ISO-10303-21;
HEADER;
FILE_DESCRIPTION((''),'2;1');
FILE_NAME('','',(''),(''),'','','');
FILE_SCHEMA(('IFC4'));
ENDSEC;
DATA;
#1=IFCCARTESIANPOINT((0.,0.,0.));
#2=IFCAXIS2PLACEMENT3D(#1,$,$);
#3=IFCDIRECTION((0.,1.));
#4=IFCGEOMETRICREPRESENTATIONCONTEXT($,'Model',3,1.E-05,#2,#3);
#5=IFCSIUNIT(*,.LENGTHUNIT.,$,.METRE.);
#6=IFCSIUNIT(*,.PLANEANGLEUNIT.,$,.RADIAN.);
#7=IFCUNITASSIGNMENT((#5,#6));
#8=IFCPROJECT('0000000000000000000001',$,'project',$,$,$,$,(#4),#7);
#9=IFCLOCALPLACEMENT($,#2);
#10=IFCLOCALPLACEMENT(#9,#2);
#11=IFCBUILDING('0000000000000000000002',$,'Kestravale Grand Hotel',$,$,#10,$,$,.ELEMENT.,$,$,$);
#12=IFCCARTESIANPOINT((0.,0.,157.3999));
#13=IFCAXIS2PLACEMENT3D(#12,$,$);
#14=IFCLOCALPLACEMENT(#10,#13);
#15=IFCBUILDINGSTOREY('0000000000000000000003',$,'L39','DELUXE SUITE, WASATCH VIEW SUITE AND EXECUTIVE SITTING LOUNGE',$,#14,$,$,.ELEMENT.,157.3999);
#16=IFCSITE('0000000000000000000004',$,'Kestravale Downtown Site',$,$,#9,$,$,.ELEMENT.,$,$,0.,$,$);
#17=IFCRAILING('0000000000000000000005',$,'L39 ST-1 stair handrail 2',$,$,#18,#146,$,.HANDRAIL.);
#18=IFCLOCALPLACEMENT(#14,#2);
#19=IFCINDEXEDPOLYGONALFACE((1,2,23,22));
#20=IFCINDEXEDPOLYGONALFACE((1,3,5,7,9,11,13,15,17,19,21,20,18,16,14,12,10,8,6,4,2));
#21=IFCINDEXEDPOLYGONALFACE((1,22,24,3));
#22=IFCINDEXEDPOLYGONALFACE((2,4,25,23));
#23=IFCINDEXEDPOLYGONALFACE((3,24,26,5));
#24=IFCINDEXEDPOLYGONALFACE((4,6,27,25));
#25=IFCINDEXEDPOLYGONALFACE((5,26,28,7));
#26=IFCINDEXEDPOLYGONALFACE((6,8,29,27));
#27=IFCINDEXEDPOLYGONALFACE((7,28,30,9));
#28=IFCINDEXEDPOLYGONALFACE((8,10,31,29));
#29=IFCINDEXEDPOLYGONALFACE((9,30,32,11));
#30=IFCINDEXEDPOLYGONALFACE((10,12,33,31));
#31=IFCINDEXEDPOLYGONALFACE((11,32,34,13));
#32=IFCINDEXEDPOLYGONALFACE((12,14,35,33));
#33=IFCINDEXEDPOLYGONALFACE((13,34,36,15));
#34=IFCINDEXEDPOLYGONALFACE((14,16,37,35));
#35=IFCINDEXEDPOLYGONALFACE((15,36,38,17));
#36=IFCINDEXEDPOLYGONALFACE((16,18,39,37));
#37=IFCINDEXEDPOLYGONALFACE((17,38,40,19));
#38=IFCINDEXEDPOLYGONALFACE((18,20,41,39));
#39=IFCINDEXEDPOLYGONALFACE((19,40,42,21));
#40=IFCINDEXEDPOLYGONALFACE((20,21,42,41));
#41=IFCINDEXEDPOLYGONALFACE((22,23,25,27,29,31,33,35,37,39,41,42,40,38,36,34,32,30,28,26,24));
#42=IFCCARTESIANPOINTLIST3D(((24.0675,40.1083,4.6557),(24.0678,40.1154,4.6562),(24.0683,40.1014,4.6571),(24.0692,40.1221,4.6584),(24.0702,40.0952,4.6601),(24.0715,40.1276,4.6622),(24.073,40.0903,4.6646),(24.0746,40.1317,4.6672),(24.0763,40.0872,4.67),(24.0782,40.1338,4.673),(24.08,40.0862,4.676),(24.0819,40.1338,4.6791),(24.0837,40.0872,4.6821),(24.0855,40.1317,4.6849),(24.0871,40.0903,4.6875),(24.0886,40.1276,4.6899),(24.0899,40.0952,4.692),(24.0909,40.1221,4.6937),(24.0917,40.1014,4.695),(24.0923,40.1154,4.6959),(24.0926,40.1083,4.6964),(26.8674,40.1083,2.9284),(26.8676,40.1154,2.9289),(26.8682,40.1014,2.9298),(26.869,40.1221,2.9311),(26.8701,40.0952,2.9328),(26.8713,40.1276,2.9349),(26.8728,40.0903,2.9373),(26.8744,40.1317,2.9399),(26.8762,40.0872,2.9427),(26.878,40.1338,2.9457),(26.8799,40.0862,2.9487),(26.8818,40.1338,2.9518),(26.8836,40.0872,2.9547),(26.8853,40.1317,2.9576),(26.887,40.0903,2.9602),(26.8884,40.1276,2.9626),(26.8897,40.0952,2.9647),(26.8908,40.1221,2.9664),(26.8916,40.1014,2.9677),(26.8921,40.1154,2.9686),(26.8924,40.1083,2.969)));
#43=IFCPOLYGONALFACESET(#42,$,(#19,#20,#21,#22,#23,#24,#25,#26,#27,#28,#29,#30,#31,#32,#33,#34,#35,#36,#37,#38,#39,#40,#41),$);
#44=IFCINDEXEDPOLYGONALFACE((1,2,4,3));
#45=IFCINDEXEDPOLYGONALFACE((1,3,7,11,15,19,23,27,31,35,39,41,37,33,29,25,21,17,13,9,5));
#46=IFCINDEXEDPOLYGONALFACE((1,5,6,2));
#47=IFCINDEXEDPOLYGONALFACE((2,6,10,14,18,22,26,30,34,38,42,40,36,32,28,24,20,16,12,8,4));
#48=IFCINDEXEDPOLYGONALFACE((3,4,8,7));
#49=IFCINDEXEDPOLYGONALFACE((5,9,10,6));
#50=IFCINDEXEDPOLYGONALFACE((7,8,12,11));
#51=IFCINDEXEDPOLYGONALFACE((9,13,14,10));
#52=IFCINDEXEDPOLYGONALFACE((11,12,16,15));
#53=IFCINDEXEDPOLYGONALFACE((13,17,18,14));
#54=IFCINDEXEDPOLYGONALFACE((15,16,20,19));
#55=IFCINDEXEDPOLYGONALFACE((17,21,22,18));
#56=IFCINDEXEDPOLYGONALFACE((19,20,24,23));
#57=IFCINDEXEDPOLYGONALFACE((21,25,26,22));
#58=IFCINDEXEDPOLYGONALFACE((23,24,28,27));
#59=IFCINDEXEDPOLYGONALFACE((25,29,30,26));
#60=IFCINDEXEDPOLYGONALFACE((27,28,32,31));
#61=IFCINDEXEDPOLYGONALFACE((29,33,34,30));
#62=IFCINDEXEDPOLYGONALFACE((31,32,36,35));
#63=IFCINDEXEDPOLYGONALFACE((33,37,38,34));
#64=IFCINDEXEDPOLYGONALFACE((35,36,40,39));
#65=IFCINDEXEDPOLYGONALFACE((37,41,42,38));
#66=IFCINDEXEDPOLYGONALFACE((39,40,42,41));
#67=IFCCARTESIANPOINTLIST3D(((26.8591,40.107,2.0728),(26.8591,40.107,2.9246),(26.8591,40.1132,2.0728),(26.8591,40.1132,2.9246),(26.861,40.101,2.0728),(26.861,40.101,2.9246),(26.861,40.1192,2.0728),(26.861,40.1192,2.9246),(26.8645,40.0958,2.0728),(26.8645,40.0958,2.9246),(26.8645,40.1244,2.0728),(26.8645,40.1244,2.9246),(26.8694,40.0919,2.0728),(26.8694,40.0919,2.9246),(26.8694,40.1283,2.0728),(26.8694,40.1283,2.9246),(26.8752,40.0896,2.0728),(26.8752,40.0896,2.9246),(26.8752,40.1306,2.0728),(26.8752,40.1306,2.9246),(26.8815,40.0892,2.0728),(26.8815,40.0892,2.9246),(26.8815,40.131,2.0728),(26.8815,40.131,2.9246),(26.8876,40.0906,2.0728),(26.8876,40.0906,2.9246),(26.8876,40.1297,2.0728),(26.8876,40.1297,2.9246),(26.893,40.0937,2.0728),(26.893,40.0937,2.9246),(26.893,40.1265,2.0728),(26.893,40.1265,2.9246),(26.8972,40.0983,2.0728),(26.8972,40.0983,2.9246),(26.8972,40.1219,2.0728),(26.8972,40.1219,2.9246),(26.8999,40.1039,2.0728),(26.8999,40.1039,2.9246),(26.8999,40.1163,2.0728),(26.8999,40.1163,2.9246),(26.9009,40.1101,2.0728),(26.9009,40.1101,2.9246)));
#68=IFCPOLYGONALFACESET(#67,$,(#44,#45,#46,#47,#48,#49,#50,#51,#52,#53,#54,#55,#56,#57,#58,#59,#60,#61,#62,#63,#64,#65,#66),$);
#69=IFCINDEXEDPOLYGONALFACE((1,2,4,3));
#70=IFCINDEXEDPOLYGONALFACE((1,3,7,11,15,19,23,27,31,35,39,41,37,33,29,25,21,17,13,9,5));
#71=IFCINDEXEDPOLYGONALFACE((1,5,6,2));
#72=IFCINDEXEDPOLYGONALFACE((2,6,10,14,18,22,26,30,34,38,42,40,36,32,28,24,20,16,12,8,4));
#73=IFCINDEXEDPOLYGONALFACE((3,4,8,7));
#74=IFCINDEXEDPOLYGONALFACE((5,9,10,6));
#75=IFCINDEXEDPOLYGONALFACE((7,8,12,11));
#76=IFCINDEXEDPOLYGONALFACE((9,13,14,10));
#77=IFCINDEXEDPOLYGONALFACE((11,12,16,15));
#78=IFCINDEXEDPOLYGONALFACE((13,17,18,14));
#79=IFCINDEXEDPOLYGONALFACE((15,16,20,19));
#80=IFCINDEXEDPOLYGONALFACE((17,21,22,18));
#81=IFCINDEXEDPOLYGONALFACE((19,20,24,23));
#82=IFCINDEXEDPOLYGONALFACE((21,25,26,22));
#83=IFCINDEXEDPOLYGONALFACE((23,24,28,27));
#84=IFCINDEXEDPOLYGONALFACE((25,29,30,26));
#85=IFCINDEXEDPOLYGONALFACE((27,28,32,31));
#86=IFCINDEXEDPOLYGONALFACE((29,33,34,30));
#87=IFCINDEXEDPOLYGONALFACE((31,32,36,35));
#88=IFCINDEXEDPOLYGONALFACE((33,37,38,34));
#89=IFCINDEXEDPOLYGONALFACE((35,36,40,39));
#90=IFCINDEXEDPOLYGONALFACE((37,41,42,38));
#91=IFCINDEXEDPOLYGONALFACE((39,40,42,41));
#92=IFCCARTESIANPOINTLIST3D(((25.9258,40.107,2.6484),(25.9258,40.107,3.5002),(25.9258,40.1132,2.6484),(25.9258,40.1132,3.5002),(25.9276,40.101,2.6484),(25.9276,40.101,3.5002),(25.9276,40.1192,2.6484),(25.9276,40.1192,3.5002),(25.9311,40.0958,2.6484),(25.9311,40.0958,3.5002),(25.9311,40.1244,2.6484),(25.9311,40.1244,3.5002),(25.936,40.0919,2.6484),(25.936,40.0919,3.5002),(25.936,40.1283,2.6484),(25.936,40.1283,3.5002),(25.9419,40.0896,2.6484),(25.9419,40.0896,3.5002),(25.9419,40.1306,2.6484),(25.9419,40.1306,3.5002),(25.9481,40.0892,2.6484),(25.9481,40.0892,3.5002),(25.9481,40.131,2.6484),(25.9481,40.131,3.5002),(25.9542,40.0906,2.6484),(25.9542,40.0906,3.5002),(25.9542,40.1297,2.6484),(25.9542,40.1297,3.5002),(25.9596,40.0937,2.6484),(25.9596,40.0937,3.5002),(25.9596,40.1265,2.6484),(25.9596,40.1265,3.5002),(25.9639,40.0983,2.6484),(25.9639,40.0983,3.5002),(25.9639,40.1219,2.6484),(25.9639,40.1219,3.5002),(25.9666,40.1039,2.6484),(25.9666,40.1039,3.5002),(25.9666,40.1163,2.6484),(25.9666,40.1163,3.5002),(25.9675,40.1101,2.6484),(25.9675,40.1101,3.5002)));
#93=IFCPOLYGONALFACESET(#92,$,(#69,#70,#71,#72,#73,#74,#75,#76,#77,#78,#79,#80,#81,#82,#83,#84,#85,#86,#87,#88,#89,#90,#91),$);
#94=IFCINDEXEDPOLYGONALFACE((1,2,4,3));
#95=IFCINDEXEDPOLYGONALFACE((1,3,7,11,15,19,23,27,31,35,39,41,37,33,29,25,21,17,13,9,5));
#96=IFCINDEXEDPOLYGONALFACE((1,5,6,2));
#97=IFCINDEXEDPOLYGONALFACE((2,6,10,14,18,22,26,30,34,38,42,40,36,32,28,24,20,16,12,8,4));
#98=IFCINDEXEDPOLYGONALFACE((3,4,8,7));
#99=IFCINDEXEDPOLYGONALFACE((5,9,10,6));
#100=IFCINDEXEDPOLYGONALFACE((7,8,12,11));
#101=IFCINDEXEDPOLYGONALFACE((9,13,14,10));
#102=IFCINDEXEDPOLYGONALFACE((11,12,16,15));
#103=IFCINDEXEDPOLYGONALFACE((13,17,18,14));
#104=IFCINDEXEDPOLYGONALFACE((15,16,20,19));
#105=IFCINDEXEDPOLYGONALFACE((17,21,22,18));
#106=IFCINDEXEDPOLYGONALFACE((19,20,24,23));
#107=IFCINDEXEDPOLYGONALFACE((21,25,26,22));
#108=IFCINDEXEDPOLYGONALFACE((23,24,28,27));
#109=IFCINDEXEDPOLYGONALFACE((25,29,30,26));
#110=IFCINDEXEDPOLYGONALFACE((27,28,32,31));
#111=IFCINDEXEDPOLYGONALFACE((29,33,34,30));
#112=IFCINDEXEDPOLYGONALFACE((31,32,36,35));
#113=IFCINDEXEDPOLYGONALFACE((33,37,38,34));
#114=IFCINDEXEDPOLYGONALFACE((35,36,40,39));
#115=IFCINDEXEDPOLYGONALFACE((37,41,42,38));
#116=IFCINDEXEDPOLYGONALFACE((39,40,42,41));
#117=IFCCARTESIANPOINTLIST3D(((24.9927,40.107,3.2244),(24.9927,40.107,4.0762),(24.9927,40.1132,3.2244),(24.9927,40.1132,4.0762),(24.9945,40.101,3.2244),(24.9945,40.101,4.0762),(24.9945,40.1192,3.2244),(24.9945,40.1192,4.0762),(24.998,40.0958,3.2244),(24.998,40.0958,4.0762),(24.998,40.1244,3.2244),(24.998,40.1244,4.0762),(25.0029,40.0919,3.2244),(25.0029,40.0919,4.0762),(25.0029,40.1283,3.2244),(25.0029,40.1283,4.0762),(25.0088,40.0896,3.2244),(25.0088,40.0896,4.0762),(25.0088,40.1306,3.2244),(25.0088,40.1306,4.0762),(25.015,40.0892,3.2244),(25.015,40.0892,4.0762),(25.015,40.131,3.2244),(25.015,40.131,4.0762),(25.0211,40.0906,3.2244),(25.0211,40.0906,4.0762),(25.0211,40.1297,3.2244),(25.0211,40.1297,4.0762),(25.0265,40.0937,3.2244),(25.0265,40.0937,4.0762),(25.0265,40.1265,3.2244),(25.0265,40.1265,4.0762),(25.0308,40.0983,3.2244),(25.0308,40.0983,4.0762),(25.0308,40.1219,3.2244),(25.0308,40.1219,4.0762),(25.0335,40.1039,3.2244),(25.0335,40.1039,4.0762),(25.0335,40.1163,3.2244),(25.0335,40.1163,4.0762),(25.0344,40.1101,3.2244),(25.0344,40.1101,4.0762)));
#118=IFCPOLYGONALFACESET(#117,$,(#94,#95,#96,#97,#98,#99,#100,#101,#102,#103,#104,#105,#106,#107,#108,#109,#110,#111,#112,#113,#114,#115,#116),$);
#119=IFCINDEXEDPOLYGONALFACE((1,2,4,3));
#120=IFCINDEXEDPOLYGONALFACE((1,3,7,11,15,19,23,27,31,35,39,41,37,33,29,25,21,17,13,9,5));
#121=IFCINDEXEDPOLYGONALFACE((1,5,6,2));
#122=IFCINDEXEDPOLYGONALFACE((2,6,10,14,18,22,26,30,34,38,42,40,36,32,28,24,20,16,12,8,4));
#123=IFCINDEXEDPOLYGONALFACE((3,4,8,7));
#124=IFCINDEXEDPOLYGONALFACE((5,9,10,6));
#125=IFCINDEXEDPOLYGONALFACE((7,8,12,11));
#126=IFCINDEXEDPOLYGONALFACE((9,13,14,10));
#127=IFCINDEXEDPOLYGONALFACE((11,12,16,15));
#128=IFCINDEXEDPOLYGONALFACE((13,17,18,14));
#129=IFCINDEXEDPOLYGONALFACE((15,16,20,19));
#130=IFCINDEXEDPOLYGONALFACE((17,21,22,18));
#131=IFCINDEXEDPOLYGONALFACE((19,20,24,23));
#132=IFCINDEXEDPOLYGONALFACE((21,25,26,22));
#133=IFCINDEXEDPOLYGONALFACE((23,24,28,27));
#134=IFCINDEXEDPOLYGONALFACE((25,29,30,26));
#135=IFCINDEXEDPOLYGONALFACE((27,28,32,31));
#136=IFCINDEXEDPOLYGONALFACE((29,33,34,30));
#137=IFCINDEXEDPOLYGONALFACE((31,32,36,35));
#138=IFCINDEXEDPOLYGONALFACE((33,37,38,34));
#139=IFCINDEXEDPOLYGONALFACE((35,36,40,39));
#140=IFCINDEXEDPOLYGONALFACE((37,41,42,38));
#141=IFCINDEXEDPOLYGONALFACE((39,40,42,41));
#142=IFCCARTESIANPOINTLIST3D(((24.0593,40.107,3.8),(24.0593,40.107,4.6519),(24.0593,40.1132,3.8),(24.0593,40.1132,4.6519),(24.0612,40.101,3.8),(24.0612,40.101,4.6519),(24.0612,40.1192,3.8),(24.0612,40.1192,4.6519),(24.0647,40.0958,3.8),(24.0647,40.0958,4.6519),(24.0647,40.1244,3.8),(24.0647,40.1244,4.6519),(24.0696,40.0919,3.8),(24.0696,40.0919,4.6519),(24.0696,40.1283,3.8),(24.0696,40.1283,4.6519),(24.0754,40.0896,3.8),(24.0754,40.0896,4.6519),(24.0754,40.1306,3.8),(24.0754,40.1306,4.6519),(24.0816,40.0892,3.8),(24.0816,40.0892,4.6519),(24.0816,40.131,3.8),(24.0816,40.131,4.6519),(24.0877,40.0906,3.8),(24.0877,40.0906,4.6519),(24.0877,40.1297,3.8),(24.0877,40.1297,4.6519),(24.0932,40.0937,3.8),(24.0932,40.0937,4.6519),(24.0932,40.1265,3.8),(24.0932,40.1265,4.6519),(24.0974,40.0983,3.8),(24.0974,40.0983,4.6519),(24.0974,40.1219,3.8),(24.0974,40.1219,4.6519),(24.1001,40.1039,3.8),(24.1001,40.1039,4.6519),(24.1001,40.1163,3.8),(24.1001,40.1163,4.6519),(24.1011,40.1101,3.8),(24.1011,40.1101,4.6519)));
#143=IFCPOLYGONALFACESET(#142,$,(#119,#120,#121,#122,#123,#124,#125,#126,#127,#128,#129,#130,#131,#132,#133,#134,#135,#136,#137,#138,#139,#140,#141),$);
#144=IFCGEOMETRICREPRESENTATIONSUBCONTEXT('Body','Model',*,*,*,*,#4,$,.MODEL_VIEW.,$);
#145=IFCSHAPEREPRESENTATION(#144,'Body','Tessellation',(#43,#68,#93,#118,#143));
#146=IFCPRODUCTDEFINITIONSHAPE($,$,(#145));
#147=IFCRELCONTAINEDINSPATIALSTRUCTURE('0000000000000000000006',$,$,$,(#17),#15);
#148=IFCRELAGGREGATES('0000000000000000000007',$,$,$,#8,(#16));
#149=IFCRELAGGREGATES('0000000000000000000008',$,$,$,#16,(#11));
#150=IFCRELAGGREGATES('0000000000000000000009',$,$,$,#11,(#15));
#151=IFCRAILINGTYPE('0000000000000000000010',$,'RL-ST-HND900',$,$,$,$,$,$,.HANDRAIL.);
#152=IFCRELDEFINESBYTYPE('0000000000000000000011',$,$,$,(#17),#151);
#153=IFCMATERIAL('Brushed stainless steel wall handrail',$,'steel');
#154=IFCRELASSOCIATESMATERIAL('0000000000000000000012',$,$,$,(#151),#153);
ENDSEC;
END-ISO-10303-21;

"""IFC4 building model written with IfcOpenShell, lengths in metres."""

from ifc_helpers import new_model, si_unit, direction, frame, origin, origin_2d, place, context, subcontext, project, spatial, circle, extrude, material, type_object, element, save


model = new_model("IFC4")

# Units and contexts
model_context = context("Model", 3, precision=1e-05, world=origin(), true_north=direction((0.0, 1.0)))
body_context = subcontext(model_context, "Body", "Model", "MODEL_VIEW")
ifc_project = project(units=[si_unit("LENGTHUNIT", "METRE"), si_unit("PLANEANGLEUNIT", "RADIAN")], contexts=[model_context])

# Site, building, storey
site_placement = place(None, origin())
site = spatial("IfcSite", under=ifc_project, at=site_placement, Name="Kestravale Downtown Site", CompositionType="ELEMENT", RefElevation=0.0)
building_placement = place(site_placement, origin())
building = spatial("IfcBuilding", under=site, at=building_placement, Name="Kestravale Grand Hotel", CompositionType="ELEMENT")
storey_placement = place(building_placement, frame((0.0, 0.0, 157.3999)))
storey = spatial("IfcBuildingStorey", under=building, at=storey_placement, Name="L39", Description="DELUXE SUITE, WASATCH VIEW SUITE AND EXECUTIVE SITTING LOUNGE", CompositionType="ELEMENT", Elevation=157.3999)

# Railing
ifc_material_1 = material(Name="Brushed stainless steel wall handrail", Category="steel")
railing_type_1 = type_object("IfcRailingType", Name="RL-ST-HND900", PredefinedType="HANDRAIL", material=ifc_material_1)
railing_1_placement = place(storey_placement, frame((26.8799, 40.1101, 2.0728)))
element("IfcRailing", 1, at=railing_1_placement, inside=storey, type_object=railing_type_1, Name="L39 ST-1 stair handrail 2", PredefinedType="HANDRAIL", context=body_context, shape_type="SweptSolid", body=[
    extrude(circle(Radius=0.0239, at=origin_2d()), frame((0.0, 0.0, 0.876), z_axis=(-0.851069, 0.0, 0.525054), x_axis=(0.0, -1.0, 0.0)), (0.0, 0.0, 1.0), 3.2898),
    extrude(circle(Radius=0.021, at=origin_2d()), origin(), (0.0, 0.0, 1.0), 0.8518),
    extrude(circle(Radius=0.021, at=origin_2d()), frame((-0.9333, 0.0, 0.5757)), (0.0, 0.0, 1.0), 0.8518),
    extrude(circle(Radius=0.021, at=origin_2d()), frame((-1.8665, 0.0, 1.1516)), (0.0, 0.0, 1.0), 0.8518),
    extrude(circle(Radius=0.021, at=origin_2d()), frame((-2.7998, 0.0, 1.7273)), (0.0, 0.0, 1.0), 0.8518),
])

save(model, "model.ifc")
